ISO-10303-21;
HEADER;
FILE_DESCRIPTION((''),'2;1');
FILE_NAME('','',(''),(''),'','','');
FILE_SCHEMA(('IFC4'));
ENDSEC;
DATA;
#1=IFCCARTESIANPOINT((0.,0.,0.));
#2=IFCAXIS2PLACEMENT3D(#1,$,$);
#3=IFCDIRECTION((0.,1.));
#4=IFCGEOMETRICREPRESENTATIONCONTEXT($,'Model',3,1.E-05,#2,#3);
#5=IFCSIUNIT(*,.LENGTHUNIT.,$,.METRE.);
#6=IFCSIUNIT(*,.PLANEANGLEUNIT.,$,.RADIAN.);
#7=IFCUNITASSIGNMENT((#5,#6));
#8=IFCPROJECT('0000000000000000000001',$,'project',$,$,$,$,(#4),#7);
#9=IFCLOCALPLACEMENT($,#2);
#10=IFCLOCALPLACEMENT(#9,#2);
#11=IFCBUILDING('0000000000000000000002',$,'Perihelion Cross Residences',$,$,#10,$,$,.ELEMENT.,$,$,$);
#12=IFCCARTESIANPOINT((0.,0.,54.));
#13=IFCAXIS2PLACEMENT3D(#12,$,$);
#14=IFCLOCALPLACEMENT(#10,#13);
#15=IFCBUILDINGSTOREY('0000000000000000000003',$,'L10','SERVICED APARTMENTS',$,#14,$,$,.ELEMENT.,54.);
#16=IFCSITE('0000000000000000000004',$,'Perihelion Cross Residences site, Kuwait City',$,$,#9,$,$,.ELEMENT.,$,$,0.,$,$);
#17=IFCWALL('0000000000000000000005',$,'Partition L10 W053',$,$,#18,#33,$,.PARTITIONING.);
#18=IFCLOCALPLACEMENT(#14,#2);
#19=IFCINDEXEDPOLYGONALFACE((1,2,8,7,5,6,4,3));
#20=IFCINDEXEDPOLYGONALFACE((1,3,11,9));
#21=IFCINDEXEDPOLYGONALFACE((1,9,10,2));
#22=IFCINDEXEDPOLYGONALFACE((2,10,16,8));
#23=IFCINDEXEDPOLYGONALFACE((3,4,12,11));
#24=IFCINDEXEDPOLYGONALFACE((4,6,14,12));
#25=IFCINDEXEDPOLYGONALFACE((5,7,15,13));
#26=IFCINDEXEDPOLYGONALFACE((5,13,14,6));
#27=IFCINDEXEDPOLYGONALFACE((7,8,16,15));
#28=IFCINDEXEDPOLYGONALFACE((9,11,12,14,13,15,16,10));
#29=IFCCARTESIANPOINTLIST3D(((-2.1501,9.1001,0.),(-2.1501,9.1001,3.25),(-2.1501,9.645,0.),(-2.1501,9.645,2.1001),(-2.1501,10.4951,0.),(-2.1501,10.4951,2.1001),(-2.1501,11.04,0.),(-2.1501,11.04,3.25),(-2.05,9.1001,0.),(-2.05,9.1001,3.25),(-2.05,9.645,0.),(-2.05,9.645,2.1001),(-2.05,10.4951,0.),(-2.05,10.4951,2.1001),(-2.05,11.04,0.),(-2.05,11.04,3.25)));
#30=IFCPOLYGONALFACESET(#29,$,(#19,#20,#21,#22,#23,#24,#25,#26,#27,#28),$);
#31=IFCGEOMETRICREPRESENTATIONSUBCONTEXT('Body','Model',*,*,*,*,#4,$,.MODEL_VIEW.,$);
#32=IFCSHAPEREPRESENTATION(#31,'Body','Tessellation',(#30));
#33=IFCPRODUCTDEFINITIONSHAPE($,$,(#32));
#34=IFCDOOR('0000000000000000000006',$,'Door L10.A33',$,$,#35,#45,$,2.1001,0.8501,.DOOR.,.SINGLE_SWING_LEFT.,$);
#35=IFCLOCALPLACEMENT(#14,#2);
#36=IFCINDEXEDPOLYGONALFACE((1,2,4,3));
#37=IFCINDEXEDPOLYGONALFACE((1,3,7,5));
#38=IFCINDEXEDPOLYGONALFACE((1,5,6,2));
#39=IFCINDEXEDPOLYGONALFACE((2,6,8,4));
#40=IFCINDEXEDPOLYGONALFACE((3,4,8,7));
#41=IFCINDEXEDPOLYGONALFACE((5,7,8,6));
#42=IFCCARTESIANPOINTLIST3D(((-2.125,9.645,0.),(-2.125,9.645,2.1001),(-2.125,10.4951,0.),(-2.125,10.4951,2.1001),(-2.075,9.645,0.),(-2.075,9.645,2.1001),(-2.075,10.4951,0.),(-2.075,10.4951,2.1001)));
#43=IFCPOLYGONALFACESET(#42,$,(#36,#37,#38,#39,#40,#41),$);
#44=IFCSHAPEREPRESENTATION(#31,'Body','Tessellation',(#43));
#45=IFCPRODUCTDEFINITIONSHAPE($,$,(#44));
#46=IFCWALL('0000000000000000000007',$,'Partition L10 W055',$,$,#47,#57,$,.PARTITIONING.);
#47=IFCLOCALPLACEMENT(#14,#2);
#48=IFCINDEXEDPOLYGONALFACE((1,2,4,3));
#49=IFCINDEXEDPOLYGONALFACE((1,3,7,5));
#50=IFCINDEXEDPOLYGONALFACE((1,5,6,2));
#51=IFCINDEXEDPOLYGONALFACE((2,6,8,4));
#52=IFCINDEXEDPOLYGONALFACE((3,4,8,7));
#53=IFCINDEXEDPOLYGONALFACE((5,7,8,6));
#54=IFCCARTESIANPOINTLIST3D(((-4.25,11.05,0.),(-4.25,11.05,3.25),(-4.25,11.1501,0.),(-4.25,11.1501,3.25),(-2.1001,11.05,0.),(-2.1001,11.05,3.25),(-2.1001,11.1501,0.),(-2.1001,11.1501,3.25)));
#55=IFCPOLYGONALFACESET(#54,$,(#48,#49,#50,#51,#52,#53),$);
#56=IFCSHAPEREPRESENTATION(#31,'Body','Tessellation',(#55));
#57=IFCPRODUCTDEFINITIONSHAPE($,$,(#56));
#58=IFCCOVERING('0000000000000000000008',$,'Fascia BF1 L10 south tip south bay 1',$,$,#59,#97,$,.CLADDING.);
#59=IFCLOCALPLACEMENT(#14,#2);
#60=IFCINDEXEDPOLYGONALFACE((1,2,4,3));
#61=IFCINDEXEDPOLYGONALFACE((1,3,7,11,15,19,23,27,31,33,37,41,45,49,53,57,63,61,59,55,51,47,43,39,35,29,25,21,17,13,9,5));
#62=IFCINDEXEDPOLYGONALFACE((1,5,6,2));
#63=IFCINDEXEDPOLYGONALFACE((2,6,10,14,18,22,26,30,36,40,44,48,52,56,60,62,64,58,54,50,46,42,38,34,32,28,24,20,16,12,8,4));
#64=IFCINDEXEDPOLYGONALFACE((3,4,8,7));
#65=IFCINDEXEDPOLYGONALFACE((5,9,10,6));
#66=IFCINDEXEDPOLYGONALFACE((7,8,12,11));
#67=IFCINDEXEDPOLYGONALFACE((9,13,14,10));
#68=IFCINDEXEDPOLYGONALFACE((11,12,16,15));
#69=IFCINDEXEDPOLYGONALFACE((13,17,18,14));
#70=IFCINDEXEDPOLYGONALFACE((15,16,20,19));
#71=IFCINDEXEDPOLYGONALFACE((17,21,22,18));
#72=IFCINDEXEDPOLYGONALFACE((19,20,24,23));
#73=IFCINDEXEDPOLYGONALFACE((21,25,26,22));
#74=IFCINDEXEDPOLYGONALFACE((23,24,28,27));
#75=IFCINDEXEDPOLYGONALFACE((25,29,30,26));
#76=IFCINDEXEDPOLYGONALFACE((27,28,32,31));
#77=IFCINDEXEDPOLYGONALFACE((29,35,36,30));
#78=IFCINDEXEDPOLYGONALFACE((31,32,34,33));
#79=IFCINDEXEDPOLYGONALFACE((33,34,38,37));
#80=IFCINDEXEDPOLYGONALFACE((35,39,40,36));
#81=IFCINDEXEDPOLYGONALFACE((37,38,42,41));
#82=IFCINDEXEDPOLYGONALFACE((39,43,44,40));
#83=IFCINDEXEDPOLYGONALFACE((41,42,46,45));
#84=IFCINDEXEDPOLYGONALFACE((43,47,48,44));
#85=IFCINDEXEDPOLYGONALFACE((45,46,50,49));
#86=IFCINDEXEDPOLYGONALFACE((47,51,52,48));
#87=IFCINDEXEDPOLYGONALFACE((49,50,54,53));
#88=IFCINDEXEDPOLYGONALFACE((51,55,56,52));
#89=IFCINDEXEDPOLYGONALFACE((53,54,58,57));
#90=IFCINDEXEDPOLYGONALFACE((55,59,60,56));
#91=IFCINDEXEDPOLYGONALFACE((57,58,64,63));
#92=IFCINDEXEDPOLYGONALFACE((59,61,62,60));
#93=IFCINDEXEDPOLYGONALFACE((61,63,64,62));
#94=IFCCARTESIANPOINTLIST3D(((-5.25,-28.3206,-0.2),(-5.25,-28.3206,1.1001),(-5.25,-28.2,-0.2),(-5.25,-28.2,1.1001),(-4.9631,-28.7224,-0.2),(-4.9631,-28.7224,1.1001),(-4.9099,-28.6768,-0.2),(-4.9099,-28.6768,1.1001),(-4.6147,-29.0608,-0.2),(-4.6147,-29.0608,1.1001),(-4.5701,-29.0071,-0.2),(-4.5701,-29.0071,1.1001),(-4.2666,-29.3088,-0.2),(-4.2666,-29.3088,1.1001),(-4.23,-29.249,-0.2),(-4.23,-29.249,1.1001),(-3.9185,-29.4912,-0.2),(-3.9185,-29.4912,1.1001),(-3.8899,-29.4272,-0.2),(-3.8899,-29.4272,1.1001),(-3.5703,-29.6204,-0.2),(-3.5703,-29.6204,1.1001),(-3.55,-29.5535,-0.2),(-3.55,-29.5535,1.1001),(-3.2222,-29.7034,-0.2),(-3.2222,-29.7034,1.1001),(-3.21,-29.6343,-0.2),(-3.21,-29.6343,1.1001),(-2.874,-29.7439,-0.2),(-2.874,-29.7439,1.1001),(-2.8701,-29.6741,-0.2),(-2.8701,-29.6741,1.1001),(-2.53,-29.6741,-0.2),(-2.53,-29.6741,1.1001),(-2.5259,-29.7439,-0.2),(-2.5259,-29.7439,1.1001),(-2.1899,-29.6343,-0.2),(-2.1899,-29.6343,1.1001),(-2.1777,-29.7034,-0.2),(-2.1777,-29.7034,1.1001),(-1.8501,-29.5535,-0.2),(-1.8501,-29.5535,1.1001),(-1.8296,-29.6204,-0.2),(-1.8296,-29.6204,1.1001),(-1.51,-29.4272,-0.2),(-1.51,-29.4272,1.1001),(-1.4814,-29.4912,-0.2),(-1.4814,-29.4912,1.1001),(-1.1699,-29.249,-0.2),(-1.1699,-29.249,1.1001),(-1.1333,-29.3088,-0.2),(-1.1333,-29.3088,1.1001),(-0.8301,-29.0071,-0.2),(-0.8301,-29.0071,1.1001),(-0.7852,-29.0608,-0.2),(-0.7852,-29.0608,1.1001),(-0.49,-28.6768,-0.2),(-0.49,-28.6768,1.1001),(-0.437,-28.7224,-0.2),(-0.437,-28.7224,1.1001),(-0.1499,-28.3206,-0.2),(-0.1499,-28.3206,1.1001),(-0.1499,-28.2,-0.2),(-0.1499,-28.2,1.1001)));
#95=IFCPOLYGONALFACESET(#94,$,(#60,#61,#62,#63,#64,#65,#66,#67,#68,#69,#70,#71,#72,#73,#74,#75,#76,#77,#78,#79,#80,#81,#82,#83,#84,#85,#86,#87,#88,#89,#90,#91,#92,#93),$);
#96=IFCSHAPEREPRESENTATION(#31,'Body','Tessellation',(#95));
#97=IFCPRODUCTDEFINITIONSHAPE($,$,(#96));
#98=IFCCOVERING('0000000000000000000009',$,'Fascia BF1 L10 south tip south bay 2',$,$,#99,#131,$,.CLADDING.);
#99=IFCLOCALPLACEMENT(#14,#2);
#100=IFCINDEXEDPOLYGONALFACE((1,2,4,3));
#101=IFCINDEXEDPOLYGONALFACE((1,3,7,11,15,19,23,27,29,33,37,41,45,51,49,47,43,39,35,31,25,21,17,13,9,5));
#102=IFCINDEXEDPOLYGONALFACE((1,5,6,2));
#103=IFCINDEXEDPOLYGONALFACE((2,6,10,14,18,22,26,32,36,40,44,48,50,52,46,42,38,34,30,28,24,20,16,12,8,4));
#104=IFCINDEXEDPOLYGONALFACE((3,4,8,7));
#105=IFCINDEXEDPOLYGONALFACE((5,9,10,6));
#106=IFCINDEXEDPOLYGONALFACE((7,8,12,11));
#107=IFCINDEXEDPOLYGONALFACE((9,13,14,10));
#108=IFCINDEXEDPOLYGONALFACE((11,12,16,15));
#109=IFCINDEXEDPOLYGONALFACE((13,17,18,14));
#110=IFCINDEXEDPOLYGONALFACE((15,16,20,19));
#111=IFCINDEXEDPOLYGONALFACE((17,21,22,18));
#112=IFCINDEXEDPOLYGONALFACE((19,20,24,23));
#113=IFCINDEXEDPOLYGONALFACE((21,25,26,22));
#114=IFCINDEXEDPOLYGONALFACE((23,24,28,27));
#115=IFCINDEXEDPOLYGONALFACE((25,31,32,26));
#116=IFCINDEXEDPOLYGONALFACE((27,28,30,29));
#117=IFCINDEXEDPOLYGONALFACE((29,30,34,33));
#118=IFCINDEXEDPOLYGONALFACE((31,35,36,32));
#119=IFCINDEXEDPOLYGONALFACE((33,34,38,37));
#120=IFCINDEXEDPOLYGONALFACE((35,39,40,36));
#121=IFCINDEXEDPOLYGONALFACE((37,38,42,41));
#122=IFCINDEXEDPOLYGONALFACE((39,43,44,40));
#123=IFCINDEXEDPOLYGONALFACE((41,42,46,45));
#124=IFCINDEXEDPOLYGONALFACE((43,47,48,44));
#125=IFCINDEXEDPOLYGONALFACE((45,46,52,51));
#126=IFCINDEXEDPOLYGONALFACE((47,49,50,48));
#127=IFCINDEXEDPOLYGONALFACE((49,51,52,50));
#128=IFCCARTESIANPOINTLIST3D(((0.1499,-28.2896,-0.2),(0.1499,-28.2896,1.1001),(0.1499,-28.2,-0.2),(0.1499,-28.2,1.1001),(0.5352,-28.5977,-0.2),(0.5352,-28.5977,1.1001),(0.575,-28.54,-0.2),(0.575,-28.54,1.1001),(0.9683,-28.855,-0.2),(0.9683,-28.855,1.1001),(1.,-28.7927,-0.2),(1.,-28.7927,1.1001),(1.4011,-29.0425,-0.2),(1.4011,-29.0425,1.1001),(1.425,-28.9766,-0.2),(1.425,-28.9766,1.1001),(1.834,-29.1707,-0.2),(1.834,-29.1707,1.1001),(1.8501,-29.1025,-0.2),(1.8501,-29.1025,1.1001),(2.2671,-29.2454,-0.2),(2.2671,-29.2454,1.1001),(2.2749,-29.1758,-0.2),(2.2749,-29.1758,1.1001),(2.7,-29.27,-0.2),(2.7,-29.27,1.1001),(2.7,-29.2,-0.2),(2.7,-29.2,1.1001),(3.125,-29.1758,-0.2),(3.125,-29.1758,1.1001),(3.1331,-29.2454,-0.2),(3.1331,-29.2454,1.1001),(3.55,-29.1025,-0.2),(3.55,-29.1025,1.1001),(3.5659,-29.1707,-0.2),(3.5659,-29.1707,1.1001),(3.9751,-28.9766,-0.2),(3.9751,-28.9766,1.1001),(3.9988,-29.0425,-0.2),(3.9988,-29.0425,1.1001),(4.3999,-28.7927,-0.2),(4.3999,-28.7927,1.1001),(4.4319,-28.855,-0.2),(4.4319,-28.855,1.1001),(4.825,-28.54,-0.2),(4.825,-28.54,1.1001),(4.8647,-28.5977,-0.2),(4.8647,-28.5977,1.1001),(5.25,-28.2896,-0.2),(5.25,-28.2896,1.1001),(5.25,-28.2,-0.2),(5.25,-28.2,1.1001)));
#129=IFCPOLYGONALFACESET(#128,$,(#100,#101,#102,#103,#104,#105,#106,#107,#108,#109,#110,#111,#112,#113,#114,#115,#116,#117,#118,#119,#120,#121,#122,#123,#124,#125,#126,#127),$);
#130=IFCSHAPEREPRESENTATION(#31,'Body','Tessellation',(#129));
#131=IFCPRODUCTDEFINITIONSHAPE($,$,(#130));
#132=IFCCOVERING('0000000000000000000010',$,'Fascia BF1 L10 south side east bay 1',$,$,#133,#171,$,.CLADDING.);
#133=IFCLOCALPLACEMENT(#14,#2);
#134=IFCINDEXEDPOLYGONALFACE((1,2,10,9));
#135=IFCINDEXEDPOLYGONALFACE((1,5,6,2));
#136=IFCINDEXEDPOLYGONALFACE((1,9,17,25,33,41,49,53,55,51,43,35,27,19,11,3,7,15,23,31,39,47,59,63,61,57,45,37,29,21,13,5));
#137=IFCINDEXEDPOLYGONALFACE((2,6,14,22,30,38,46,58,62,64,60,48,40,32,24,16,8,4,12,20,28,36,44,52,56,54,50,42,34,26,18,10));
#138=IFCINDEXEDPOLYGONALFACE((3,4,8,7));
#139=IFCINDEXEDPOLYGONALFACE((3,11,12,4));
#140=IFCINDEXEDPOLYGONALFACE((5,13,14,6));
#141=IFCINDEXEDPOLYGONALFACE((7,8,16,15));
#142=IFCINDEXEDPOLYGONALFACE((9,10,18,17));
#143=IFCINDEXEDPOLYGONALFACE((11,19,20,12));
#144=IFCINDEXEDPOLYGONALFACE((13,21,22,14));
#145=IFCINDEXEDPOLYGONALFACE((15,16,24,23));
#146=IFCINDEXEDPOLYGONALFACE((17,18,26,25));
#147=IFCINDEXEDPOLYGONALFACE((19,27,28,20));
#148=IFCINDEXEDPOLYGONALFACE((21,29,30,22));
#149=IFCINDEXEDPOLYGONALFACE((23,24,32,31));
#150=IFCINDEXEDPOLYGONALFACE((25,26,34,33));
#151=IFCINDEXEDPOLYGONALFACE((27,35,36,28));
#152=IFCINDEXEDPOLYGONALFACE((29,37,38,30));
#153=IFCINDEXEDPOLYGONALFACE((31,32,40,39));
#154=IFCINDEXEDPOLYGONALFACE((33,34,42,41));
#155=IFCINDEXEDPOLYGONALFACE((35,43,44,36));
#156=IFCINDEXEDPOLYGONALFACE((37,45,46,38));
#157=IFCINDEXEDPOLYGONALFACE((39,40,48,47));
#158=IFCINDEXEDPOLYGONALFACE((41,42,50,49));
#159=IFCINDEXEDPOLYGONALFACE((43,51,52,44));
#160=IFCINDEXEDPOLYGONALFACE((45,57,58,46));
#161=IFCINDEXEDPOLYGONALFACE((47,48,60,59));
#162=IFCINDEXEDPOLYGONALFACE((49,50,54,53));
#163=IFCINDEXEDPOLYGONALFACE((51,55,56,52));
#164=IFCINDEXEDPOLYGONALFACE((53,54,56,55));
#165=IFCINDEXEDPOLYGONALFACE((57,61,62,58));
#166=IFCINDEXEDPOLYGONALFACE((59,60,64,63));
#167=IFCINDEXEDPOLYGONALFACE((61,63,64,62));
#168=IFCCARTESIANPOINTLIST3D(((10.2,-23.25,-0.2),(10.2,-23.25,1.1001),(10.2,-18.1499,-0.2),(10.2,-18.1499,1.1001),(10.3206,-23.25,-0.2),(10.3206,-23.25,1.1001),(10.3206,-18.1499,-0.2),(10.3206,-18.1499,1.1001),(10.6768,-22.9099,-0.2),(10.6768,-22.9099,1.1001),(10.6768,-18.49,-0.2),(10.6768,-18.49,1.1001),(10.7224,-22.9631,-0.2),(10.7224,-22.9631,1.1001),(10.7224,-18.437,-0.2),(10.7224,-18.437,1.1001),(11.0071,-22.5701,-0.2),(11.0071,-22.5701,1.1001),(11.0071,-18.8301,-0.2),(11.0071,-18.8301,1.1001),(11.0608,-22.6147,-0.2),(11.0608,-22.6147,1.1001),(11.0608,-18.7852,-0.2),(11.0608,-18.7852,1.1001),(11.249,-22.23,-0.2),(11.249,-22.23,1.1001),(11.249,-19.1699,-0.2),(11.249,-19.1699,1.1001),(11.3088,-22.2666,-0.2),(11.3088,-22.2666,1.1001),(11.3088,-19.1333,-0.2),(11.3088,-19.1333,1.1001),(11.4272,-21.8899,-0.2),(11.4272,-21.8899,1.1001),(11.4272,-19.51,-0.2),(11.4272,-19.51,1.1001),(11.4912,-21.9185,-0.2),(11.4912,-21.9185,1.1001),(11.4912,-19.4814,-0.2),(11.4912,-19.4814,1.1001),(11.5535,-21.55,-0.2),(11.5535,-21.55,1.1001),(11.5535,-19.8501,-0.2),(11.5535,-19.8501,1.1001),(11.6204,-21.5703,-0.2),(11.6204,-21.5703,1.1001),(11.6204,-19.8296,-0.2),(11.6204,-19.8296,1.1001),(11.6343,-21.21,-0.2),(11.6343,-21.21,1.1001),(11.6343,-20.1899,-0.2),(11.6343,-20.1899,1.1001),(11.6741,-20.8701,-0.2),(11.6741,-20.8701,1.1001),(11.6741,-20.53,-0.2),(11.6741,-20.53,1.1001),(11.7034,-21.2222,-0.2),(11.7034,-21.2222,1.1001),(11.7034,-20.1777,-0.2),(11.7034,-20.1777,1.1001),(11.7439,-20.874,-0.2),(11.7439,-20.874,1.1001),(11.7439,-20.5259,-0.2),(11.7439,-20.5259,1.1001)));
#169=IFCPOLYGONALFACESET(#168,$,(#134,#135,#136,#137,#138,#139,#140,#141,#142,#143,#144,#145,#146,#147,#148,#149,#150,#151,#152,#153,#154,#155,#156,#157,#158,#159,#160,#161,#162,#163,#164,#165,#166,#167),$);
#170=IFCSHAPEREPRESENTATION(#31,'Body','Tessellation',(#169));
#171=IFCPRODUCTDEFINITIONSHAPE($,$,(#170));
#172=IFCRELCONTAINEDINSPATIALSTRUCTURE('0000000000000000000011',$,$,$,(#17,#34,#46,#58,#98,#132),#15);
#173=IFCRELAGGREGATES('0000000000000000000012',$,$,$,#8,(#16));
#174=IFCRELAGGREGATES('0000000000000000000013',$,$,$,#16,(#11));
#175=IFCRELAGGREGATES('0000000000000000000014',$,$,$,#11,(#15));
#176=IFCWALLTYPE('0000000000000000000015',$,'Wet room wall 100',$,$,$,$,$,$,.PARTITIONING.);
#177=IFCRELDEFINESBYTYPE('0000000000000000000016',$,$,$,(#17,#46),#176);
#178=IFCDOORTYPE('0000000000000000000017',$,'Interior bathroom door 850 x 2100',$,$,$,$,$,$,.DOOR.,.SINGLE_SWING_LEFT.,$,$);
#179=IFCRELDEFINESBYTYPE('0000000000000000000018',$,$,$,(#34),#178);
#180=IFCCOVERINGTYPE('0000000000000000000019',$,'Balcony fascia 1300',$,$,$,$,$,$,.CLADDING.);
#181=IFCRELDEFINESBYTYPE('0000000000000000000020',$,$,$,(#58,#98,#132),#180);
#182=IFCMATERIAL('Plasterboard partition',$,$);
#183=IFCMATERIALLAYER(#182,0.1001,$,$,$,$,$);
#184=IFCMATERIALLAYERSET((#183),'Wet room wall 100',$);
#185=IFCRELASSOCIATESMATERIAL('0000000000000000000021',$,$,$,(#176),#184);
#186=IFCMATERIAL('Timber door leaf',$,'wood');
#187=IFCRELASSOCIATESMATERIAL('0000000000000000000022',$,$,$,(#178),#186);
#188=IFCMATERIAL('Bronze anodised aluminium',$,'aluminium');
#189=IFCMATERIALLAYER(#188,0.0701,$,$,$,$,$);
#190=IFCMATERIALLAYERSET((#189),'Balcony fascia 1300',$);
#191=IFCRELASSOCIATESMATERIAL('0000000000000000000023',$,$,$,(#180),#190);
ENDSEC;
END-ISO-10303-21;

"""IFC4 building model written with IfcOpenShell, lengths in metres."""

from ifc_helpers import new_model, si_unit, direction, frame, frame_2d, origin, place, context, subcontext, project, spatial, polyline, rectangle, outline, extrude, material, layer, layer_set, type_object, element, fill, save


model = new_model("IFC4")

# Units and contexts
model_context = context("Model", 3, precision=1e-05, world=origin(), true_north=direction((0.0, 1.0)))
body_context = subcontext(model_context, "Body", "Model", "MODEL_VIEW")
ifc_project = project(units=[si_unit("LENGTHUNIT", "METRE"), si_unit("PLANEANGLEUNIT", "RADIAN")], contexts=[model_context])

# Site, building, storey
site_placement = place(None, origin())
site = spatial("IfcSite", under=ifc_project, at=site_placement, Name="Perihelion Cross Residences site, Kuwait City", CompositionType="ELEMENT", RefElevation=0.0)
building_placement = place(site_placement, origin())
building = spatial("IfcBuilding", under=site, at=building_placement, Name="Perihelion Cross Residences", CompositionType="ELEMENT")
storey_placement = place(building_placement, frame((0.0, 0.0, 54.0)))
storey = spatial("IfcBuildingStorey", under=building, at=storey_placement, Name="L10", Description="SERVICED APARTMENTS", CompositionType="ELEMENT", Elevation=54.0)

# Shared definitions
ifc_material_1 = material(Name="Plasterboard partition")
ifc_layer_1 = layer(ifc_material_1, 0.1001)
ifc_layer_set_1 = layer_set([ifc_layer_1], Name="Wet room wall 100")
wall_type_1 = type_object("IfcWallType", Name="Wet room wall 100", PredefinedType="PARTITIONING", material=ifc_layer_set_1)
ifc_material_2 = material(Name="Timber door leaf", Category="wood")
door_type_1 = type_object("IfcDoorType", Name="Interior bathroom door 850 x 2100", OperationType="SINGLE_SWING_LEFT", PredefinedType="DOOR", material=ifc_material_2)

# Wall, opening, door
wall_1_placement = place(storey_placement, frame((-2.1001, 9.1001, 0.0), z_axis=(0.0, 0.0, 1.0), x_axis=(0.0, 1.0, 0.0)))
wall_1 = element("IfcWall", 1, at=wall_1_placement, inside=storey, type_object=wall_type_1, Name="Partition L10 W053", PredefinedType="PARTITIONING", context=body_context, shape_type="SweptSolid", body=[
    extrude(rectangle(XDim=1.9399, YDim=0.1001, at=frame_2d((0.97, 0.0))), origin(), (0.0, 0.0, 1.0), 3.25),
])
opening_1_placement = place(wall_1_placement, frame((0.5449, 0.0, 0.0)))
opening_1 = element("IfcOpeningElement", 2, at=opening_1_placement, cuts=wall_1, PredefinedType="OPENING", context=body_context, shape_type="SweptSolid", body=[
    extrude(rectangle(XDim=0.8501, YDim=2.1001, at=frame_2d((0.425, 1.05))), frame((0.0, 0.0601, 0.0), z_axis=(0.0, -1.0, 0.0), x_axis=(1.0, 0.0, 0.0)), (0.0, 0.0, 1.0), 0.1201),
])
door_1_placement = place(opening_1_placement, origin())
door_1 = element("IfcDoor", 3, at=door_1_placement, inside=storey, type_object=door_type_1, Name="Door L10.A33", OperationType="SINGLE_SWING_LEFT", OverallHeight=2.1001, OverallWidth=0.8501, PredefinedType="DOOR", context=body_context, shape_type="SweptSolid", body=[
    extrude(rectangle(XDim=0.8501, YDim=2.1001, at=frame_2d((0.425, 1.05))), frame((0.0, 0.0249, 0.0), z_axis=(0.0, -1.0, 0.0), x_axis=(1.0, 0.0, 0.0)), (0.0, 0.0, 1.0), 0.05),
])
fill(opening_1, door_1)

# Wall
wall_2_placement = place(storey_placement, frame((-4.25, 11.1001, 0.0), z_axis=(0.0, 0.0, 1.0), x_axis=(1.0, 0.0, 0.0)))
element("IfcWall", 4, at=wall_2_placement, inside=storey, type_object=wall_type_1, Name="Partition L10 W055", PredefinedType="PARTITIONING", context=body_context, shape_type="SweptSolid", body=[
    extrude(rectangle(XDim=2.1499, YDim=0.1001, at=frame_2d((1.075, 0.0))), origin(), (0.0, 0.0, 1.0), 3.25),
])

# Coverings
ifc_material_3 = material(Name="Bronze anodised aluminium", Category="aluminium")
ifc_layer_2 = layer(ifc_material_3, 0.0701)
ifc_layer_set_2 = layer_set([ifc_layer_2], Name="Balcony fascia 1300")
covering_type_1 = type_object("IfcCoveringType", Name="Balcony fascia 1300", PredefinedType="CLADDING", material=ifc_layer_set_2)
covering_1_placement = place(storey_placement, frame((0.0, 0.0, -0.2)))
element("IfcCovering", 5, at=covering_1_placement, inside=storey, type_object=covering_type_1, Name="Fascia BF1 L10 south tip south bay 1", PredefinedType="CLADDING", context=body_context, shape_type="SweptSolid", body=[
    extrude(outline(polyline([(-4.9631, -28.7224), (-4.6147, -29.0608), (-4.2666, -29.3088), (-3.9185, -29.4912), (-3.5703, -29.6204), (-3.2222, -29.7034), (-2.874, -29.7439), (-2.5259, -29.7439), (-2.1777, -29.7034), (-1.8296, -29.6204), (-1.4814, -29.4912), (-1.1333, -29.3088), (-0.7852, -29.0608), (-0.437, -28.7224), (-0.1499, -28.3206), (-0.1499, -28.2), (-0.49, -28.6768), (-0.8301, -29.0071), (-1.1699, -29.249), (-1.51, -29.4272), (-1.8501, -29.5535), (-2.1899, -29.6343), (-2.53, -29.6741), (-2.8701, -29.6741), (-3.21, -29.6343), (-3.55, -29.5535), (-3.8899, -29.4272), (-4.23, -29.249), (-4.5701, -29.0071), (-4.9099, -28.6768), (-5.25, -28.2), (-5.25, -28.3206), (-4.9631, -28.7224)])), origin(), (0.0, 0.0, 1.0), 1.3),
])
covering_2_placement = place(storey_placement, frame((0.0, 0.0, -0.2)))
element("IfcCovering", 6, at=covering_2_placement, inside=storey, type_object=covering_type_1, Name="Fascia BF1 L10 south tip south bay 2", PredefinedType="CLADDING", context=body_context, shape_type="SweptSolid", body=[
    extrude(outline(polyline([(0.5352, -28.5977), (0.9683, -28.855), (1.4011, -29.0425), (1.834, -29.1707), (2.2671, -29.2454), (2.7, -29.27), (3.1331, -29.2454), (3.5659, -29.1707), (3.9988, -29.0425), (4.4319, -28.855), (4.8647, -28.5977), (5.25, -28.2896), (5.25, -28.2), (4.825, -28.54), (4.3999, -28.7927), (3.9751, -28.9766), (3.55, -29.1025), (3.125, -29.1758), (2.7, -29.2), (2.2749, -29.1758), (1.8501, -29.1025), (1.425, -28.9766), (1.0, -28.7927), (0.575, -28.54), (0.1499, -28.2), (0.1499, -28.2896), (0.5352, -28.5977)])), origin(), (0.0, 0.0, 1.0), 1.3),
])
covering_3_placement = place(storey_placement, frame((0.0, 0.0, -0.2)))
element("IfcCovering", 7, at=covering_3_placement, inside=storey, type_object=covering_type_1, Name="Fascia BF1 L10 south side east bay 1", PredefinedType="CLADDING", context=body_context, shape_type="SweptSolid", body=[
    extrude(outline(polyline([(10.7224, -22.9631), (11.0608, -22.6147), (11.3088, -22.2666), (11.4912, -21.9185), (11.6204, -21.5703), (11.7034, -21.2222), (11.7439, -20.874), (11.7439, -20.5259), (11.7034, -20.1777), (11.6204, -19.8296), (11.4912, -19.4814), (11.3088, -19.1333), (11.0608, -18.7852), (10.7224, -18.437), (10.3206, -18.1499), (10.2, -18.1499), (10.6768, -18.49), (11.0071, -18.8301), (11.249, -19.1699), (11.4272, -19.51), (11.5535, -19.8501), (11.6343, -20.1899), (11.6741, -20.53), (11.6741, -20.8701), (11.6343, -21.21), (11.5535, -21.55), (11.4272, -21.8899), (11.249, -22.23), (11.0071, -22.5701), (10.6768, -22.9099), (10.2, -23.25), (10.3206, -23.25), (10.7224, -22.9631)])), origin(), (0.0, 0.0, 1.0), 1.3),
])

save(model, "model.ifc")
